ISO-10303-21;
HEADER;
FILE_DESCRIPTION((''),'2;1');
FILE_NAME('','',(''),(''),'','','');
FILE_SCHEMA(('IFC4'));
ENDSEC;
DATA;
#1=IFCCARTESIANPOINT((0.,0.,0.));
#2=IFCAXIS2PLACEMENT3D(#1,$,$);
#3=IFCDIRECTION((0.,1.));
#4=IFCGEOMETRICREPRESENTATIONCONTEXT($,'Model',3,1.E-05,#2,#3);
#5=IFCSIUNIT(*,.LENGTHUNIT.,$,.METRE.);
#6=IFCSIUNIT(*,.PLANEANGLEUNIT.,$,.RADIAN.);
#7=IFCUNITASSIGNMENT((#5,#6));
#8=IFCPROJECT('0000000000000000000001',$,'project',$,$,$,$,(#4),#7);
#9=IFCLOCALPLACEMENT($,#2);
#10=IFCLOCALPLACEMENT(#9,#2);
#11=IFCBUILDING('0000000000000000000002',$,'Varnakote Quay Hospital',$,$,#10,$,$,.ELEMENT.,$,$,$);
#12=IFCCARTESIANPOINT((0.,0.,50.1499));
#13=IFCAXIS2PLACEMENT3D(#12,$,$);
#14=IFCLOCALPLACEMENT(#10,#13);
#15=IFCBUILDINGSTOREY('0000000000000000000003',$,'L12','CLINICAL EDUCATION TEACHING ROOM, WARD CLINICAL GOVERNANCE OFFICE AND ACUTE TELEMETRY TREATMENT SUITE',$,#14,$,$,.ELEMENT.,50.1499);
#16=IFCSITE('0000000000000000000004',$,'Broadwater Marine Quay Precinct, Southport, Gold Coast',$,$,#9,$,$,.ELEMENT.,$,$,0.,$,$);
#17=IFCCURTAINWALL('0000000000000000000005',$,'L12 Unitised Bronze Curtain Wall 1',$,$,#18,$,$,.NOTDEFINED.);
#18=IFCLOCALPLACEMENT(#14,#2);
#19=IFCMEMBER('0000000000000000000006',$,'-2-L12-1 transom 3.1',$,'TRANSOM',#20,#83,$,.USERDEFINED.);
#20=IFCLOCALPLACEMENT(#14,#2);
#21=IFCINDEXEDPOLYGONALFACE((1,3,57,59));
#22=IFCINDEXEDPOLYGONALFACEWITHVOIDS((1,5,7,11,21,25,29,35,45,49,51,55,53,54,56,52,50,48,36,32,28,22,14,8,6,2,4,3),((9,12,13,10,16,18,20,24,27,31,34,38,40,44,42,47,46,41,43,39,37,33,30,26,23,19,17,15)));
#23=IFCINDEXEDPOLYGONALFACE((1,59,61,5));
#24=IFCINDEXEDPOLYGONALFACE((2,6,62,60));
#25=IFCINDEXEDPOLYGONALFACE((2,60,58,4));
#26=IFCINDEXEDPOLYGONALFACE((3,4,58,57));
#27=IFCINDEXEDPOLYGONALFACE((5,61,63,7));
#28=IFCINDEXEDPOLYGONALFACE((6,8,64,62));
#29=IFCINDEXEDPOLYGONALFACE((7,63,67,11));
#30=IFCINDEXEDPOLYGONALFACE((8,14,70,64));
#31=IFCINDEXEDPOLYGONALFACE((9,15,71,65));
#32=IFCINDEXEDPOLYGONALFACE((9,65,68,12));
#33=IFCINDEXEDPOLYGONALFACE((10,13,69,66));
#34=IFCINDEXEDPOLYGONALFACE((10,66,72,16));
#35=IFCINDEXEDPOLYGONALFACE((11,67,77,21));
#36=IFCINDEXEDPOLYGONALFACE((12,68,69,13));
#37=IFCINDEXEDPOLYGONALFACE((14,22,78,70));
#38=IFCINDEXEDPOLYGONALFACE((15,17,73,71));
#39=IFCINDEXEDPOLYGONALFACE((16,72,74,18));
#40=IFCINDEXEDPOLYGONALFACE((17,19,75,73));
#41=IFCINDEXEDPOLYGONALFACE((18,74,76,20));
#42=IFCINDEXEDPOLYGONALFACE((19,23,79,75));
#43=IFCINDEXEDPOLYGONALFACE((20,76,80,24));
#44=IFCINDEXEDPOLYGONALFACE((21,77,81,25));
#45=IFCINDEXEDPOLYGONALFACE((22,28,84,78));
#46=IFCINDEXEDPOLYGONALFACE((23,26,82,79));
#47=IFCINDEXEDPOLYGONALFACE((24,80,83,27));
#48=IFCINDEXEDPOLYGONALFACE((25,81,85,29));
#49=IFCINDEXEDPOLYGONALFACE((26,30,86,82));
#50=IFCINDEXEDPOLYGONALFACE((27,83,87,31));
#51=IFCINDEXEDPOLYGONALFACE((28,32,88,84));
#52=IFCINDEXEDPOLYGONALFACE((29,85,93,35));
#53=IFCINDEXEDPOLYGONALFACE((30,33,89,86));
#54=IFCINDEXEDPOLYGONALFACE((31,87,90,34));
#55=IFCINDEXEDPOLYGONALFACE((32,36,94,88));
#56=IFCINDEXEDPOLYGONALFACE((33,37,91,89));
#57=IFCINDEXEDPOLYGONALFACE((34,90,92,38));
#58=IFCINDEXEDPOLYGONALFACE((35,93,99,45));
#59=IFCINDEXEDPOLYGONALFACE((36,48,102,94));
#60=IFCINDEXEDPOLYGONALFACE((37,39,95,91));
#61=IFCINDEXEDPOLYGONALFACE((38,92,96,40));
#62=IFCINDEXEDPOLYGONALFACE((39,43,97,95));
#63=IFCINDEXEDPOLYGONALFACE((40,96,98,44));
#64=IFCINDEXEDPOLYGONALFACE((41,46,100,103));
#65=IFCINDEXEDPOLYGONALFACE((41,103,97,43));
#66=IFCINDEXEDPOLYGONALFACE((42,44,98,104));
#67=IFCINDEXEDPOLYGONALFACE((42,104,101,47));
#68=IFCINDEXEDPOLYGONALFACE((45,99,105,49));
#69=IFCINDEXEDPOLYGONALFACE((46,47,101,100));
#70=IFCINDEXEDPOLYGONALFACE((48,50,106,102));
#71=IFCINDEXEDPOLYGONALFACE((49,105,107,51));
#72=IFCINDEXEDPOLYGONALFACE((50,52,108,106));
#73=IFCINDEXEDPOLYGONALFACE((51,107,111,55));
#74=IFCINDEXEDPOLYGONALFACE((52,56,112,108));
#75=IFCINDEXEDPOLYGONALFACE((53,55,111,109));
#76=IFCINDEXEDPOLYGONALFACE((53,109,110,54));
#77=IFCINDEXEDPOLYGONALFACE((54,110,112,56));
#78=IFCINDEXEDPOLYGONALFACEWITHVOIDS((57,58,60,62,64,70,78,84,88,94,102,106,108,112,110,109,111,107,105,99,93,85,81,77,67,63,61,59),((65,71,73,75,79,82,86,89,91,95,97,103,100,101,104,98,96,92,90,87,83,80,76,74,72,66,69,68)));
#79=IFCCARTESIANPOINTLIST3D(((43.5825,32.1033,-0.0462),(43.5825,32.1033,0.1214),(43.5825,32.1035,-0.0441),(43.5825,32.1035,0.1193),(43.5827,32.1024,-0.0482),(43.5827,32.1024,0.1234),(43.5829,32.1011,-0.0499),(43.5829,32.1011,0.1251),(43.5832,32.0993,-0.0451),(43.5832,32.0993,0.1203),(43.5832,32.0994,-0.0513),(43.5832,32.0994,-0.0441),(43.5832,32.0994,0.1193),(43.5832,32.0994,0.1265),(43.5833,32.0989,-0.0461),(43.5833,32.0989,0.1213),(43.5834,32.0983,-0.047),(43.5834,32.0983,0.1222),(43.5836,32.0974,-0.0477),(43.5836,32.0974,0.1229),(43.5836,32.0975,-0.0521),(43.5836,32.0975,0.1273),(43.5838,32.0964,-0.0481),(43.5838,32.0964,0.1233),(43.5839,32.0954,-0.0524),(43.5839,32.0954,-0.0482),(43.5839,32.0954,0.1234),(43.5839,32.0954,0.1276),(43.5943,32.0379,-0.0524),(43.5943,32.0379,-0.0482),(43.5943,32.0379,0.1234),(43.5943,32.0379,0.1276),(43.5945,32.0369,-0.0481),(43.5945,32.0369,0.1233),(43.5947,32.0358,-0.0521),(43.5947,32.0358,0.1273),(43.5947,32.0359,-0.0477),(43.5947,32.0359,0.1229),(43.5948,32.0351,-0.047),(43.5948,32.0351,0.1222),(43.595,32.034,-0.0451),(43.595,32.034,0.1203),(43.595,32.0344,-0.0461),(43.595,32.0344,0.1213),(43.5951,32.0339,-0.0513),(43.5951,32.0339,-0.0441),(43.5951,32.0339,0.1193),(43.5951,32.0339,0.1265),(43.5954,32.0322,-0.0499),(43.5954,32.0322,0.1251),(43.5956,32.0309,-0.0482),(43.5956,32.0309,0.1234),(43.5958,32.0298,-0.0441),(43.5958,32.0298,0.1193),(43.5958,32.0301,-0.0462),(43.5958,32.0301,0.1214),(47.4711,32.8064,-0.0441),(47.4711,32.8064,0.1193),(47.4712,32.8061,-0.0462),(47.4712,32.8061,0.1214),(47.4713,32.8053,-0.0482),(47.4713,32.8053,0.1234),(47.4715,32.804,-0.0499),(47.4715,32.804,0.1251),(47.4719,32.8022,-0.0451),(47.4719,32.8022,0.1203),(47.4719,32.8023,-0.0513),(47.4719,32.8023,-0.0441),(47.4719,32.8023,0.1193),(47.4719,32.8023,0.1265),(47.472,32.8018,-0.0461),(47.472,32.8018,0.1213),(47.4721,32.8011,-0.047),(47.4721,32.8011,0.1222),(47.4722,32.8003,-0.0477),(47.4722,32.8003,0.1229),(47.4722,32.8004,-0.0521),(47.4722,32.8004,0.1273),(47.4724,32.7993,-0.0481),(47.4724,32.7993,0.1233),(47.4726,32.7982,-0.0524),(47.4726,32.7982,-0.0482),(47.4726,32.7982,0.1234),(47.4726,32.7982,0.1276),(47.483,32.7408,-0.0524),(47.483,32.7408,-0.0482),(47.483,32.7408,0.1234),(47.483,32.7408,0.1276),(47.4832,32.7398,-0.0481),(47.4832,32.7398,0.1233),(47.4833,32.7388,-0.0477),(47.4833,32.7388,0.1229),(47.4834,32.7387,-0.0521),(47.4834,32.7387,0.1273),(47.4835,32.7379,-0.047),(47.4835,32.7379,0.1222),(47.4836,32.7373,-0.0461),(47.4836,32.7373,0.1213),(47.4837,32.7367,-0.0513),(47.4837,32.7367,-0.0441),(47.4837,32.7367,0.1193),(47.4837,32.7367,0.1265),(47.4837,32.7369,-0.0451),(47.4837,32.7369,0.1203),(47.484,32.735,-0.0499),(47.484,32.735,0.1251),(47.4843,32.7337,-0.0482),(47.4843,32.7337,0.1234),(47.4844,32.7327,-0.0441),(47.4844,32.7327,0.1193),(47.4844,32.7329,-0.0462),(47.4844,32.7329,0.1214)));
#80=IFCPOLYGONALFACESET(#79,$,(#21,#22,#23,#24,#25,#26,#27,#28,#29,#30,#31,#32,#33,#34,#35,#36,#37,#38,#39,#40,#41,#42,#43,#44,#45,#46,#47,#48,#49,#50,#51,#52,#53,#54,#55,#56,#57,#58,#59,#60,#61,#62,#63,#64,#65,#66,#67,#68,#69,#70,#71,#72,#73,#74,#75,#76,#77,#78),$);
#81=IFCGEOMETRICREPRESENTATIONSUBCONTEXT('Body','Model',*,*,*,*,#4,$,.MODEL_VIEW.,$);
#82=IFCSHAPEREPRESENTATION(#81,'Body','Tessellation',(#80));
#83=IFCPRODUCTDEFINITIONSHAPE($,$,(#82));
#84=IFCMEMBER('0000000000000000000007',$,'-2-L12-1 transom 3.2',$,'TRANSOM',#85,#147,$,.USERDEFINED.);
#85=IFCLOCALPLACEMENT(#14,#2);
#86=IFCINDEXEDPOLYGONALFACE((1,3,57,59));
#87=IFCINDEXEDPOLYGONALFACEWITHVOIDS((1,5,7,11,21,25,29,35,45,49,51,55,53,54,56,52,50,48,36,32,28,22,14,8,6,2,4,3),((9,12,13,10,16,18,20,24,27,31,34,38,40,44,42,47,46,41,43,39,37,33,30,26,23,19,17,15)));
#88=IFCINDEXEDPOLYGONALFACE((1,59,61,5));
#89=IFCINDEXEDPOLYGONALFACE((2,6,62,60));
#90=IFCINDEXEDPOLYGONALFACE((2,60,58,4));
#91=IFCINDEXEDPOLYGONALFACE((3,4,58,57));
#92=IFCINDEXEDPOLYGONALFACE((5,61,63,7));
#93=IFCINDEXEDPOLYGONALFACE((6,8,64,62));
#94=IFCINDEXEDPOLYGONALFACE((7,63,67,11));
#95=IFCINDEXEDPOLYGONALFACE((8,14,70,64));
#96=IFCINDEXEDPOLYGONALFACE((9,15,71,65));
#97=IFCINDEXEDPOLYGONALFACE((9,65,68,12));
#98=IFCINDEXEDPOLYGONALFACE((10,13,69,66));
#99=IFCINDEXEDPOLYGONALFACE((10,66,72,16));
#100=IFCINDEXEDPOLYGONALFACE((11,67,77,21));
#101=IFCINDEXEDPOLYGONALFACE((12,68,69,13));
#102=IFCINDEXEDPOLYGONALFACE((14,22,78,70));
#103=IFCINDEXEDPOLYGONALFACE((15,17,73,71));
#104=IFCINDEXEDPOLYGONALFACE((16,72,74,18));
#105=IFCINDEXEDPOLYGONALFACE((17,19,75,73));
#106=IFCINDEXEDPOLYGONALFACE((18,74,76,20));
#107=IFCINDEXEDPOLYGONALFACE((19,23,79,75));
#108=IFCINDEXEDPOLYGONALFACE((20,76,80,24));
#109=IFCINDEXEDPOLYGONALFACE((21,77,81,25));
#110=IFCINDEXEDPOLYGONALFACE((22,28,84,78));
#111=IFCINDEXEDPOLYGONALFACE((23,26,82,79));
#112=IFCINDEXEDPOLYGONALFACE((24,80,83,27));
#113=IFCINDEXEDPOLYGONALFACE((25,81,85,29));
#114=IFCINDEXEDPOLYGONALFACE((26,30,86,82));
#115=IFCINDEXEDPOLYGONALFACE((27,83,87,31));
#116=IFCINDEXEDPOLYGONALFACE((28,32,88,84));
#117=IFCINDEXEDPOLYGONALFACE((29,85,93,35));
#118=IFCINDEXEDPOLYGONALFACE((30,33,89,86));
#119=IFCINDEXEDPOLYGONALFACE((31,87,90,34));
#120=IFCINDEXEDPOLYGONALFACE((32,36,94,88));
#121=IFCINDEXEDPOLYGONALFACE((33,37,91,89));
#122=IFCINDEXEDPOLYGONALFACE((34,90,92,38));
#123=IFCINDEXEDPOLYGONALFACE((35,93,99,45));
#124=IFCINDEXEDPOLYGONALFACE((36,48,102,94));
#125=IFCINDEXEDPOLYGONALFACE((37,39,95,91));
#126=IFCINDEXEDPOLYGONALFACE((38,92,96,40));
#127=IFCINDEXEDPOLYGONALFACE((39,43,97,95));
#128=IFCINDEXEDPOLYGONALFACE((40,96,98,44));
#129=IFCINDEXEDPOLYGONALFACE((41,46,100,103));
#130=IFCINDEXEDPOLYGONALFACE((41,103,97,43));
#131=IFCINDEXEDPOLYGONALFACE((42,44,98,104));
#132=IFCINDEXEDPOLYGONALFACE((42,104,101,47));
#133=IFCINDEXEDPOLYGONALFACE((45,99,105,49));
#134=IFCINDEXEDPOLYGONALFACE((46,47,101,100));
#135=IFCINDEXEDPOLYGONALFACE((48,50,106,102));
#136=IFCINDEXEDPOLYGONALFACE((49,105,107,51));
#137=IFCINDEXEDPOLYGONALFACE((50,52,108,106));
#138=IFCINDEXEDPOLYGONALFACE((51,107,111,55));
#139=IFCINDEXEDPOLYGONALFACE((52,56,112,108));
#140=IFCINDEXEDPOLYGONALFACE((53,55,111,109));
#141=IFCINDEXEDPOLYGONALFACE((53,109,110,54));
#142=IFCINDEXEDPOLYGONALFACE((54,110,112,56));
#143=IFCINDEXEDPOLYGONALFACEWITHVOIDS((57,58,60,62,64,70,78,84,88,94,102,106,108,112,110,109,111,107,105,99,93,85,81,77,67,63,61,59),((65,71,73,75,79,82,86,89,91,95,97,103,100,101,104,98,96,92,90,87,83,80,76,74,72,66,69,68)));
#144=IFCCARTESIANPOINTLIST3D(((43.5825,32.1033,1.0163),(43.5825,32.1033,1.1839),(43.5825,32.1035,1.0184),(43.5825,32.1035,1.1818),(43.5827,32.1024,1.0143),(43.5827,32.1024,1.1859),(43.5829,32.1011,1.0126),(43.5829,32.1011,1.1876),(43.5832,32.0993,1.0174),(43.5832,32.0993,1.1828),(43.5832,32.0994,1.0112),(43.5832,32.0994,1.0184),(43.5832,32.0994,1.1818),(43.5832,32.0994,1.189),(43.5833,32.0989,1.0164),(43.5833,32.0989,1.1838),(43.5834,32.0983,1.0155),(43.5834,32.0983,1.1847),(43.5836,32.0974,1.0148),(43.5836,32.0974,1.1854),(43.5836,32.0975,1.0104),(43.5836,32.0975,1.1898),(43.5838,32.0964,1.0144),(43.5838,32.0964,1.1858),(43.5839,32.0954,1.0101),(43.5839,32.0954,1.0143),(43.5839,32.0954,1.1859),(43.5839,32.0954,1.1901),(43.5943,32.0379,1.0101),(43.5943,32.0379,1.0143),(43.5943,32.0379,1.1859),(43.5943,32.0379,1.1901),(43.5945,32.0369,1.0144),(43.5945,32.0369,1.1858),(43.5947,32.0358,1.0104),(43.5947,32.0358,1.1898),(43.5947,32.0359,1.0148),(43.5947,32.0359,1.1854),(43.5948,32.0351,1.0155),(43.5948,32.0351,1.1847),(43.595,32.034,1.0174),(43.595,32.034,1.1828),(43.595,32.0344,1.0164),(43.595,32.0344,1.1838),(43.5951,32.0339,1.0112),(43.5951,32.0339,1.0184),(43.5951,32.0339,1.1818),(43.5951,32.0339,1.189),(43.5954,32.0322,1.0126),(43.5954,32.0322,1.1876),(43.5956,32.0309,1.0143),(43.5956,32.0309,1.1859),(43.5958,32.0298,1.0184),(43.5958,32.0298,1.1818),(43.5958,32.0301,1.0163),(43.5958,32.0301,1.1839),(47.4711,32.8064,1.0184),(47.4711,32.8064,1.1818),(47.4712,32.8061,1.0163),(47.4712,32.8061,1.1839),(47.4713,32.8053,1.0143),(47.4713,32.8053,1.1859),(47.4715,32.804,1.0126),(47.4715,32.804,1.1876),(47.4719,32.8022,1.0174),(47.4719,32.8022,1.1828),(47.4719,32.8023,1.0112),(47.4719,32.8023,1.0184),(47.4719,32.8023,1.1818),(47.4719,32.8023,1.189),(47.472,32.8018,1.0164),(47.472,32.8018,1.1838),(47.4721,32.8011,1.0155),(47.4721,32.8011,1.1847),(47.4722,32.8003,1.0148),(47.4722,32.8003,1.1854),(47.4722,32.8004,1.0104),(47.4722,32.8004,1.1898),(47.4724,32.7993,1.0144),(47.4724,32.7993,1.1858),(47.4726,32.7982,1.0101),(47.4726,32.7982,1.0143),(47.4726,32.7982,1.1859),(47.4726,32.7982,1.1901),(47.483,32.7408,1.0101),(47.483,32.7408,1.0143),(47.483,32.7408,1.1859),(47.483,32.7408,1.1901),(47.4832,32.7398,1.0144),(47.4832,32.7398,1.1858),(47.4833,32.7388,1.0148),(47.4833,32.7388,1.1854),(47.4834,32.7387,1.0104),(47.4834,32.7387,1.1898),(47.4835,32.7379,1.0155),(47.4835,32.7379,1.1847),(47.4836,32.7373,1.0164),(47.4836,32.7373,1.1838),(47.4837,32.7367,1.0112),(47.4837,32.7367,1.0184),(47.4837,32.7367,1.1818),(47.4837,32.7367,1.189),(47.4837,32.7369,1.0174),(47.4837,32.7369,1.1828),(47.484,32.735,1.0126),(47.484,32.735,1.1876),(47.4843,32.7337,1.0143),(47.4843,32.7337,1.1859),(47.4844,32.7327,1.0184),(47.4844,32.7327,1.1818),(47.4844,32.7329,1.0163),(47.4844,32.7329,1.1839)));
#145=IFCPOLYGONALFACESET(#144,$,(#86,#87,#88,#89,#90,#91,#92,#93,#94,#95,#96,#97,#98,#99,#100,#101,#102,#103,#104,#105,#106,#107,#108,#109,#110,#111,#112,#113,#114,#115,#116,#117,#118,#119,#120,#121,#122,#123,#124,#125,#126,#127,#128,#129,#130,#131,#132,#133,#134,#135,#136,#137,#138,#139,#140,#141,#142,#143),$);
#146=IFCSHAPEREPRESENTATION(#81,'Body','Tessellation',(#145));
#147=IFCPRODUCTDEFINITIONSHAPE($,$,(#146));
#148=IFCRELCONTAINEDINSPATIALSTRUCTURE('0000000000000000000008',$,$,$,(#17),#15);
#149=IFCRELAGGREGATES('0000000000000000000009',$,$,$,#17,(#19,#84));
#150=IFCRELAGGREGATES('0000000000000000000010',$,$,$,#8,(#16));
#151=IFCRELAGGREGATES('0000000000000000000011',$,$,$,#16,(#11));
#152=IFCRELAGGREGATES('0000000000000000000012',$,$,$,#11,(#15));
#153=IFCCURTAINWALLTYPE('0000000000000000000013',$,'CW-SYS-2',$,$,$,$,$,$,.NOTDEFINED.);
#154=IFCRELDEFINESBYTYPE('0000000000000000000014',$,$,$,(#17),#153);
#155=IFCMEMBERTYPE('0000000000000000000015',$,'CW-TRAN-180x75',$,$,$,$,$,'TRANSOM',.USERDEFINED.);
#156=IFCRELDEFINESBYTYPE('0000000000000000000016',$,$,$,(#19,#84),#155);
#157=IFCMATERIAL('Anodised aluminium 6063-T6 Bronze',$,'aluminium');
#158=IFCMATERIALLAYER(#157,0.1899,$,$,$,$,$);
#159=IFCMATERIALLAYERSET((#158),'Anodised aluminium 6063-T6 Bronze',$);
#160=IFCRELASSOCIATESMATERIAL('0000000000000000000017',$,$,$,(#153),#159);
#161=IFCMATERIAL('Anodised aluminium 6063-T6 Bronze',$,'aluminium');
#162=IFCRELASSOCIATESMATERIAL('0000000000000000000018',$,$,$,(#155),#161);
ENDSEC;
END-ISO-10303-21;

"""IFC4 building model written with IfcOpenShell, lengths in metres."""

from ifc_helpers import new_model, si_unit, direction, frame, origin, origin_2d, place, context, subcontext, project, spatial, hollow_rectangle, extrude, material, layer, layer_set, material_profile, profile_set, type_object, element, aggregate, save


model = new_model("IFC4")

# Units and contexts
model_context = context("Model", 3, precision=1e-05, world=origin(), true_north=direction((0.0, 1.0)))
body_context = subcontext(model_context, "Body", "Model", "MODEL_VIEW")
ifc_project = project(units=[si_unit("LENGTHUNIT", "METRE"), si_unit("PLANEANGLEUNIT", "RADIAN")], contexts=[model_context])

# Site, building, storey
site_placement = place(None, origin())
site = spatial("IfcSite", under=ifc_project, at=site_placement, Name="Broadwater Marine Quay Precinct, Southport, Gold Coast", CompositionType="ELEMENT", RefElevation=0.0)
building_placement = place(site_placement, origin())
building = spatial("IfcBuilding", under=site, at=building_placement, Name="Varnakote Quay Hospital", CompositionType="ELEMENT")
storey_placement = place(building_placement, frame((0.0, 0.0, 50.1499)))
storey = spatial("IfcBuildingStorey", under=building, at=storey_placement, Name="L12", Description="CLINICAL EDUCATION TEACHING ROOM, WARD CLINICAL GOVERNANCE OFFICE AND ACUTE TELEMETRY TREATMENT SUITE", CompositionType="ELEMENT", Elevation=50.1499)

# Curtain wall, members
ifc_material_1 = material(Name="Anodised aluminium 6063-T6 Bronze", Category="aluminium")
ifc_layer_1 = layer(ifc_material_1, 0.1899)
ifc_layer_set_1 = layer_set([ifc_layer_1], Name="Anodised aluminium 6063-T6 Bronze")
curtain_wall_type = type_object("IfcCurtainWallType", Name="CW-SYS-2", PredefinedType="NOTDEFINED", material=ifc_layer_set_1)
curtain_wall_placement = place(storey_placement, origin())
curtain_wall = element("IfcCurtainWall", 1, at=curtain_wall_placement, inside=storey, type_object=curtain_wall_type, Name="L12 Unitised Bronze Curtain Wall 1", PredefinedType="NOTDEFINED")
ifc_material_2 = material(Name="Anodised aluminium 6063-T6 Bronze", Category="aluminium")
ifc_material_profile_1 = material_profile(ifc_material_2, hollow_rectangle(XDim=0.075, YDim=0.1799, WallThickness=0.0042, InnerFilletRadius=0.0042, OuterFilletRadius=0.0083, at=origin_2d()), Name="CW-TRAN-180x75")
ifc_profile_set_1 = profile_set([ifc_material_profile_1], Name="Anodised aluminium 6063-T6 Bronze")
member_type_1 = type_object("IfcMemberType", Name="CW-TRAN-180x75", ElementType="TRANSOM", PredefinedType="USERDEFINED", material=ifc_profile_set_1)
member_1_placement = place(storey_placement, frame((47.4778, 32.7695, 0.0376), z_axis=(-0.984054, -0.177869, 0.0), x_axis=(0.177869, -0.984054, 0.0)))
member_1 = element("IfcMember", 2, at=member_1_placement, type_object=member_type_1, Name="-2-L12-1 transom 3.1", ObjectType="TRANSOM", PredefinedType="USERDEFINED", context=body_context, shape_type="SweptSolid", body=[
    extrude(hollow_rectangle(XDim=0.075, YDim=0.1799, WallThickness=0.0042, InnerFilletRadius=0.0042, OuterFilletRadius=0.0083, at=origin_2d()), origin(), (0.0, 0.0, 1.0), 3.9517),
])
member_2_placement = place(storey_placement, frame((47.4778, 32.7695, 1.1001), z_axis=(-0.984054, -0.177869, 0.0), x_axis=(0.177869, -0.984054, 0.0)))
member_2 = element("IfcMember", 3, at=member_2_placement, type_object=member_type_1, Name="-2-L12-1 transom 3.2", ObjectType="TRANSOM", PredefinedType="USERDEFINED", context=body_context, shape_type="SweptSolid", body=[
    extrude(hollow_rectangle(XDim=0.075, YDim=0.1799, WallThickness=0.0042, InnerFilletRadius=0.0042, OuterFilletRadius=0.0083, at=origin_2d()), origin(), (0.0, 0.0, 1.0), 3.9517),
])
aggregate(curtain_wall, [member_1, member_2])

save(model, "model.ifc")
